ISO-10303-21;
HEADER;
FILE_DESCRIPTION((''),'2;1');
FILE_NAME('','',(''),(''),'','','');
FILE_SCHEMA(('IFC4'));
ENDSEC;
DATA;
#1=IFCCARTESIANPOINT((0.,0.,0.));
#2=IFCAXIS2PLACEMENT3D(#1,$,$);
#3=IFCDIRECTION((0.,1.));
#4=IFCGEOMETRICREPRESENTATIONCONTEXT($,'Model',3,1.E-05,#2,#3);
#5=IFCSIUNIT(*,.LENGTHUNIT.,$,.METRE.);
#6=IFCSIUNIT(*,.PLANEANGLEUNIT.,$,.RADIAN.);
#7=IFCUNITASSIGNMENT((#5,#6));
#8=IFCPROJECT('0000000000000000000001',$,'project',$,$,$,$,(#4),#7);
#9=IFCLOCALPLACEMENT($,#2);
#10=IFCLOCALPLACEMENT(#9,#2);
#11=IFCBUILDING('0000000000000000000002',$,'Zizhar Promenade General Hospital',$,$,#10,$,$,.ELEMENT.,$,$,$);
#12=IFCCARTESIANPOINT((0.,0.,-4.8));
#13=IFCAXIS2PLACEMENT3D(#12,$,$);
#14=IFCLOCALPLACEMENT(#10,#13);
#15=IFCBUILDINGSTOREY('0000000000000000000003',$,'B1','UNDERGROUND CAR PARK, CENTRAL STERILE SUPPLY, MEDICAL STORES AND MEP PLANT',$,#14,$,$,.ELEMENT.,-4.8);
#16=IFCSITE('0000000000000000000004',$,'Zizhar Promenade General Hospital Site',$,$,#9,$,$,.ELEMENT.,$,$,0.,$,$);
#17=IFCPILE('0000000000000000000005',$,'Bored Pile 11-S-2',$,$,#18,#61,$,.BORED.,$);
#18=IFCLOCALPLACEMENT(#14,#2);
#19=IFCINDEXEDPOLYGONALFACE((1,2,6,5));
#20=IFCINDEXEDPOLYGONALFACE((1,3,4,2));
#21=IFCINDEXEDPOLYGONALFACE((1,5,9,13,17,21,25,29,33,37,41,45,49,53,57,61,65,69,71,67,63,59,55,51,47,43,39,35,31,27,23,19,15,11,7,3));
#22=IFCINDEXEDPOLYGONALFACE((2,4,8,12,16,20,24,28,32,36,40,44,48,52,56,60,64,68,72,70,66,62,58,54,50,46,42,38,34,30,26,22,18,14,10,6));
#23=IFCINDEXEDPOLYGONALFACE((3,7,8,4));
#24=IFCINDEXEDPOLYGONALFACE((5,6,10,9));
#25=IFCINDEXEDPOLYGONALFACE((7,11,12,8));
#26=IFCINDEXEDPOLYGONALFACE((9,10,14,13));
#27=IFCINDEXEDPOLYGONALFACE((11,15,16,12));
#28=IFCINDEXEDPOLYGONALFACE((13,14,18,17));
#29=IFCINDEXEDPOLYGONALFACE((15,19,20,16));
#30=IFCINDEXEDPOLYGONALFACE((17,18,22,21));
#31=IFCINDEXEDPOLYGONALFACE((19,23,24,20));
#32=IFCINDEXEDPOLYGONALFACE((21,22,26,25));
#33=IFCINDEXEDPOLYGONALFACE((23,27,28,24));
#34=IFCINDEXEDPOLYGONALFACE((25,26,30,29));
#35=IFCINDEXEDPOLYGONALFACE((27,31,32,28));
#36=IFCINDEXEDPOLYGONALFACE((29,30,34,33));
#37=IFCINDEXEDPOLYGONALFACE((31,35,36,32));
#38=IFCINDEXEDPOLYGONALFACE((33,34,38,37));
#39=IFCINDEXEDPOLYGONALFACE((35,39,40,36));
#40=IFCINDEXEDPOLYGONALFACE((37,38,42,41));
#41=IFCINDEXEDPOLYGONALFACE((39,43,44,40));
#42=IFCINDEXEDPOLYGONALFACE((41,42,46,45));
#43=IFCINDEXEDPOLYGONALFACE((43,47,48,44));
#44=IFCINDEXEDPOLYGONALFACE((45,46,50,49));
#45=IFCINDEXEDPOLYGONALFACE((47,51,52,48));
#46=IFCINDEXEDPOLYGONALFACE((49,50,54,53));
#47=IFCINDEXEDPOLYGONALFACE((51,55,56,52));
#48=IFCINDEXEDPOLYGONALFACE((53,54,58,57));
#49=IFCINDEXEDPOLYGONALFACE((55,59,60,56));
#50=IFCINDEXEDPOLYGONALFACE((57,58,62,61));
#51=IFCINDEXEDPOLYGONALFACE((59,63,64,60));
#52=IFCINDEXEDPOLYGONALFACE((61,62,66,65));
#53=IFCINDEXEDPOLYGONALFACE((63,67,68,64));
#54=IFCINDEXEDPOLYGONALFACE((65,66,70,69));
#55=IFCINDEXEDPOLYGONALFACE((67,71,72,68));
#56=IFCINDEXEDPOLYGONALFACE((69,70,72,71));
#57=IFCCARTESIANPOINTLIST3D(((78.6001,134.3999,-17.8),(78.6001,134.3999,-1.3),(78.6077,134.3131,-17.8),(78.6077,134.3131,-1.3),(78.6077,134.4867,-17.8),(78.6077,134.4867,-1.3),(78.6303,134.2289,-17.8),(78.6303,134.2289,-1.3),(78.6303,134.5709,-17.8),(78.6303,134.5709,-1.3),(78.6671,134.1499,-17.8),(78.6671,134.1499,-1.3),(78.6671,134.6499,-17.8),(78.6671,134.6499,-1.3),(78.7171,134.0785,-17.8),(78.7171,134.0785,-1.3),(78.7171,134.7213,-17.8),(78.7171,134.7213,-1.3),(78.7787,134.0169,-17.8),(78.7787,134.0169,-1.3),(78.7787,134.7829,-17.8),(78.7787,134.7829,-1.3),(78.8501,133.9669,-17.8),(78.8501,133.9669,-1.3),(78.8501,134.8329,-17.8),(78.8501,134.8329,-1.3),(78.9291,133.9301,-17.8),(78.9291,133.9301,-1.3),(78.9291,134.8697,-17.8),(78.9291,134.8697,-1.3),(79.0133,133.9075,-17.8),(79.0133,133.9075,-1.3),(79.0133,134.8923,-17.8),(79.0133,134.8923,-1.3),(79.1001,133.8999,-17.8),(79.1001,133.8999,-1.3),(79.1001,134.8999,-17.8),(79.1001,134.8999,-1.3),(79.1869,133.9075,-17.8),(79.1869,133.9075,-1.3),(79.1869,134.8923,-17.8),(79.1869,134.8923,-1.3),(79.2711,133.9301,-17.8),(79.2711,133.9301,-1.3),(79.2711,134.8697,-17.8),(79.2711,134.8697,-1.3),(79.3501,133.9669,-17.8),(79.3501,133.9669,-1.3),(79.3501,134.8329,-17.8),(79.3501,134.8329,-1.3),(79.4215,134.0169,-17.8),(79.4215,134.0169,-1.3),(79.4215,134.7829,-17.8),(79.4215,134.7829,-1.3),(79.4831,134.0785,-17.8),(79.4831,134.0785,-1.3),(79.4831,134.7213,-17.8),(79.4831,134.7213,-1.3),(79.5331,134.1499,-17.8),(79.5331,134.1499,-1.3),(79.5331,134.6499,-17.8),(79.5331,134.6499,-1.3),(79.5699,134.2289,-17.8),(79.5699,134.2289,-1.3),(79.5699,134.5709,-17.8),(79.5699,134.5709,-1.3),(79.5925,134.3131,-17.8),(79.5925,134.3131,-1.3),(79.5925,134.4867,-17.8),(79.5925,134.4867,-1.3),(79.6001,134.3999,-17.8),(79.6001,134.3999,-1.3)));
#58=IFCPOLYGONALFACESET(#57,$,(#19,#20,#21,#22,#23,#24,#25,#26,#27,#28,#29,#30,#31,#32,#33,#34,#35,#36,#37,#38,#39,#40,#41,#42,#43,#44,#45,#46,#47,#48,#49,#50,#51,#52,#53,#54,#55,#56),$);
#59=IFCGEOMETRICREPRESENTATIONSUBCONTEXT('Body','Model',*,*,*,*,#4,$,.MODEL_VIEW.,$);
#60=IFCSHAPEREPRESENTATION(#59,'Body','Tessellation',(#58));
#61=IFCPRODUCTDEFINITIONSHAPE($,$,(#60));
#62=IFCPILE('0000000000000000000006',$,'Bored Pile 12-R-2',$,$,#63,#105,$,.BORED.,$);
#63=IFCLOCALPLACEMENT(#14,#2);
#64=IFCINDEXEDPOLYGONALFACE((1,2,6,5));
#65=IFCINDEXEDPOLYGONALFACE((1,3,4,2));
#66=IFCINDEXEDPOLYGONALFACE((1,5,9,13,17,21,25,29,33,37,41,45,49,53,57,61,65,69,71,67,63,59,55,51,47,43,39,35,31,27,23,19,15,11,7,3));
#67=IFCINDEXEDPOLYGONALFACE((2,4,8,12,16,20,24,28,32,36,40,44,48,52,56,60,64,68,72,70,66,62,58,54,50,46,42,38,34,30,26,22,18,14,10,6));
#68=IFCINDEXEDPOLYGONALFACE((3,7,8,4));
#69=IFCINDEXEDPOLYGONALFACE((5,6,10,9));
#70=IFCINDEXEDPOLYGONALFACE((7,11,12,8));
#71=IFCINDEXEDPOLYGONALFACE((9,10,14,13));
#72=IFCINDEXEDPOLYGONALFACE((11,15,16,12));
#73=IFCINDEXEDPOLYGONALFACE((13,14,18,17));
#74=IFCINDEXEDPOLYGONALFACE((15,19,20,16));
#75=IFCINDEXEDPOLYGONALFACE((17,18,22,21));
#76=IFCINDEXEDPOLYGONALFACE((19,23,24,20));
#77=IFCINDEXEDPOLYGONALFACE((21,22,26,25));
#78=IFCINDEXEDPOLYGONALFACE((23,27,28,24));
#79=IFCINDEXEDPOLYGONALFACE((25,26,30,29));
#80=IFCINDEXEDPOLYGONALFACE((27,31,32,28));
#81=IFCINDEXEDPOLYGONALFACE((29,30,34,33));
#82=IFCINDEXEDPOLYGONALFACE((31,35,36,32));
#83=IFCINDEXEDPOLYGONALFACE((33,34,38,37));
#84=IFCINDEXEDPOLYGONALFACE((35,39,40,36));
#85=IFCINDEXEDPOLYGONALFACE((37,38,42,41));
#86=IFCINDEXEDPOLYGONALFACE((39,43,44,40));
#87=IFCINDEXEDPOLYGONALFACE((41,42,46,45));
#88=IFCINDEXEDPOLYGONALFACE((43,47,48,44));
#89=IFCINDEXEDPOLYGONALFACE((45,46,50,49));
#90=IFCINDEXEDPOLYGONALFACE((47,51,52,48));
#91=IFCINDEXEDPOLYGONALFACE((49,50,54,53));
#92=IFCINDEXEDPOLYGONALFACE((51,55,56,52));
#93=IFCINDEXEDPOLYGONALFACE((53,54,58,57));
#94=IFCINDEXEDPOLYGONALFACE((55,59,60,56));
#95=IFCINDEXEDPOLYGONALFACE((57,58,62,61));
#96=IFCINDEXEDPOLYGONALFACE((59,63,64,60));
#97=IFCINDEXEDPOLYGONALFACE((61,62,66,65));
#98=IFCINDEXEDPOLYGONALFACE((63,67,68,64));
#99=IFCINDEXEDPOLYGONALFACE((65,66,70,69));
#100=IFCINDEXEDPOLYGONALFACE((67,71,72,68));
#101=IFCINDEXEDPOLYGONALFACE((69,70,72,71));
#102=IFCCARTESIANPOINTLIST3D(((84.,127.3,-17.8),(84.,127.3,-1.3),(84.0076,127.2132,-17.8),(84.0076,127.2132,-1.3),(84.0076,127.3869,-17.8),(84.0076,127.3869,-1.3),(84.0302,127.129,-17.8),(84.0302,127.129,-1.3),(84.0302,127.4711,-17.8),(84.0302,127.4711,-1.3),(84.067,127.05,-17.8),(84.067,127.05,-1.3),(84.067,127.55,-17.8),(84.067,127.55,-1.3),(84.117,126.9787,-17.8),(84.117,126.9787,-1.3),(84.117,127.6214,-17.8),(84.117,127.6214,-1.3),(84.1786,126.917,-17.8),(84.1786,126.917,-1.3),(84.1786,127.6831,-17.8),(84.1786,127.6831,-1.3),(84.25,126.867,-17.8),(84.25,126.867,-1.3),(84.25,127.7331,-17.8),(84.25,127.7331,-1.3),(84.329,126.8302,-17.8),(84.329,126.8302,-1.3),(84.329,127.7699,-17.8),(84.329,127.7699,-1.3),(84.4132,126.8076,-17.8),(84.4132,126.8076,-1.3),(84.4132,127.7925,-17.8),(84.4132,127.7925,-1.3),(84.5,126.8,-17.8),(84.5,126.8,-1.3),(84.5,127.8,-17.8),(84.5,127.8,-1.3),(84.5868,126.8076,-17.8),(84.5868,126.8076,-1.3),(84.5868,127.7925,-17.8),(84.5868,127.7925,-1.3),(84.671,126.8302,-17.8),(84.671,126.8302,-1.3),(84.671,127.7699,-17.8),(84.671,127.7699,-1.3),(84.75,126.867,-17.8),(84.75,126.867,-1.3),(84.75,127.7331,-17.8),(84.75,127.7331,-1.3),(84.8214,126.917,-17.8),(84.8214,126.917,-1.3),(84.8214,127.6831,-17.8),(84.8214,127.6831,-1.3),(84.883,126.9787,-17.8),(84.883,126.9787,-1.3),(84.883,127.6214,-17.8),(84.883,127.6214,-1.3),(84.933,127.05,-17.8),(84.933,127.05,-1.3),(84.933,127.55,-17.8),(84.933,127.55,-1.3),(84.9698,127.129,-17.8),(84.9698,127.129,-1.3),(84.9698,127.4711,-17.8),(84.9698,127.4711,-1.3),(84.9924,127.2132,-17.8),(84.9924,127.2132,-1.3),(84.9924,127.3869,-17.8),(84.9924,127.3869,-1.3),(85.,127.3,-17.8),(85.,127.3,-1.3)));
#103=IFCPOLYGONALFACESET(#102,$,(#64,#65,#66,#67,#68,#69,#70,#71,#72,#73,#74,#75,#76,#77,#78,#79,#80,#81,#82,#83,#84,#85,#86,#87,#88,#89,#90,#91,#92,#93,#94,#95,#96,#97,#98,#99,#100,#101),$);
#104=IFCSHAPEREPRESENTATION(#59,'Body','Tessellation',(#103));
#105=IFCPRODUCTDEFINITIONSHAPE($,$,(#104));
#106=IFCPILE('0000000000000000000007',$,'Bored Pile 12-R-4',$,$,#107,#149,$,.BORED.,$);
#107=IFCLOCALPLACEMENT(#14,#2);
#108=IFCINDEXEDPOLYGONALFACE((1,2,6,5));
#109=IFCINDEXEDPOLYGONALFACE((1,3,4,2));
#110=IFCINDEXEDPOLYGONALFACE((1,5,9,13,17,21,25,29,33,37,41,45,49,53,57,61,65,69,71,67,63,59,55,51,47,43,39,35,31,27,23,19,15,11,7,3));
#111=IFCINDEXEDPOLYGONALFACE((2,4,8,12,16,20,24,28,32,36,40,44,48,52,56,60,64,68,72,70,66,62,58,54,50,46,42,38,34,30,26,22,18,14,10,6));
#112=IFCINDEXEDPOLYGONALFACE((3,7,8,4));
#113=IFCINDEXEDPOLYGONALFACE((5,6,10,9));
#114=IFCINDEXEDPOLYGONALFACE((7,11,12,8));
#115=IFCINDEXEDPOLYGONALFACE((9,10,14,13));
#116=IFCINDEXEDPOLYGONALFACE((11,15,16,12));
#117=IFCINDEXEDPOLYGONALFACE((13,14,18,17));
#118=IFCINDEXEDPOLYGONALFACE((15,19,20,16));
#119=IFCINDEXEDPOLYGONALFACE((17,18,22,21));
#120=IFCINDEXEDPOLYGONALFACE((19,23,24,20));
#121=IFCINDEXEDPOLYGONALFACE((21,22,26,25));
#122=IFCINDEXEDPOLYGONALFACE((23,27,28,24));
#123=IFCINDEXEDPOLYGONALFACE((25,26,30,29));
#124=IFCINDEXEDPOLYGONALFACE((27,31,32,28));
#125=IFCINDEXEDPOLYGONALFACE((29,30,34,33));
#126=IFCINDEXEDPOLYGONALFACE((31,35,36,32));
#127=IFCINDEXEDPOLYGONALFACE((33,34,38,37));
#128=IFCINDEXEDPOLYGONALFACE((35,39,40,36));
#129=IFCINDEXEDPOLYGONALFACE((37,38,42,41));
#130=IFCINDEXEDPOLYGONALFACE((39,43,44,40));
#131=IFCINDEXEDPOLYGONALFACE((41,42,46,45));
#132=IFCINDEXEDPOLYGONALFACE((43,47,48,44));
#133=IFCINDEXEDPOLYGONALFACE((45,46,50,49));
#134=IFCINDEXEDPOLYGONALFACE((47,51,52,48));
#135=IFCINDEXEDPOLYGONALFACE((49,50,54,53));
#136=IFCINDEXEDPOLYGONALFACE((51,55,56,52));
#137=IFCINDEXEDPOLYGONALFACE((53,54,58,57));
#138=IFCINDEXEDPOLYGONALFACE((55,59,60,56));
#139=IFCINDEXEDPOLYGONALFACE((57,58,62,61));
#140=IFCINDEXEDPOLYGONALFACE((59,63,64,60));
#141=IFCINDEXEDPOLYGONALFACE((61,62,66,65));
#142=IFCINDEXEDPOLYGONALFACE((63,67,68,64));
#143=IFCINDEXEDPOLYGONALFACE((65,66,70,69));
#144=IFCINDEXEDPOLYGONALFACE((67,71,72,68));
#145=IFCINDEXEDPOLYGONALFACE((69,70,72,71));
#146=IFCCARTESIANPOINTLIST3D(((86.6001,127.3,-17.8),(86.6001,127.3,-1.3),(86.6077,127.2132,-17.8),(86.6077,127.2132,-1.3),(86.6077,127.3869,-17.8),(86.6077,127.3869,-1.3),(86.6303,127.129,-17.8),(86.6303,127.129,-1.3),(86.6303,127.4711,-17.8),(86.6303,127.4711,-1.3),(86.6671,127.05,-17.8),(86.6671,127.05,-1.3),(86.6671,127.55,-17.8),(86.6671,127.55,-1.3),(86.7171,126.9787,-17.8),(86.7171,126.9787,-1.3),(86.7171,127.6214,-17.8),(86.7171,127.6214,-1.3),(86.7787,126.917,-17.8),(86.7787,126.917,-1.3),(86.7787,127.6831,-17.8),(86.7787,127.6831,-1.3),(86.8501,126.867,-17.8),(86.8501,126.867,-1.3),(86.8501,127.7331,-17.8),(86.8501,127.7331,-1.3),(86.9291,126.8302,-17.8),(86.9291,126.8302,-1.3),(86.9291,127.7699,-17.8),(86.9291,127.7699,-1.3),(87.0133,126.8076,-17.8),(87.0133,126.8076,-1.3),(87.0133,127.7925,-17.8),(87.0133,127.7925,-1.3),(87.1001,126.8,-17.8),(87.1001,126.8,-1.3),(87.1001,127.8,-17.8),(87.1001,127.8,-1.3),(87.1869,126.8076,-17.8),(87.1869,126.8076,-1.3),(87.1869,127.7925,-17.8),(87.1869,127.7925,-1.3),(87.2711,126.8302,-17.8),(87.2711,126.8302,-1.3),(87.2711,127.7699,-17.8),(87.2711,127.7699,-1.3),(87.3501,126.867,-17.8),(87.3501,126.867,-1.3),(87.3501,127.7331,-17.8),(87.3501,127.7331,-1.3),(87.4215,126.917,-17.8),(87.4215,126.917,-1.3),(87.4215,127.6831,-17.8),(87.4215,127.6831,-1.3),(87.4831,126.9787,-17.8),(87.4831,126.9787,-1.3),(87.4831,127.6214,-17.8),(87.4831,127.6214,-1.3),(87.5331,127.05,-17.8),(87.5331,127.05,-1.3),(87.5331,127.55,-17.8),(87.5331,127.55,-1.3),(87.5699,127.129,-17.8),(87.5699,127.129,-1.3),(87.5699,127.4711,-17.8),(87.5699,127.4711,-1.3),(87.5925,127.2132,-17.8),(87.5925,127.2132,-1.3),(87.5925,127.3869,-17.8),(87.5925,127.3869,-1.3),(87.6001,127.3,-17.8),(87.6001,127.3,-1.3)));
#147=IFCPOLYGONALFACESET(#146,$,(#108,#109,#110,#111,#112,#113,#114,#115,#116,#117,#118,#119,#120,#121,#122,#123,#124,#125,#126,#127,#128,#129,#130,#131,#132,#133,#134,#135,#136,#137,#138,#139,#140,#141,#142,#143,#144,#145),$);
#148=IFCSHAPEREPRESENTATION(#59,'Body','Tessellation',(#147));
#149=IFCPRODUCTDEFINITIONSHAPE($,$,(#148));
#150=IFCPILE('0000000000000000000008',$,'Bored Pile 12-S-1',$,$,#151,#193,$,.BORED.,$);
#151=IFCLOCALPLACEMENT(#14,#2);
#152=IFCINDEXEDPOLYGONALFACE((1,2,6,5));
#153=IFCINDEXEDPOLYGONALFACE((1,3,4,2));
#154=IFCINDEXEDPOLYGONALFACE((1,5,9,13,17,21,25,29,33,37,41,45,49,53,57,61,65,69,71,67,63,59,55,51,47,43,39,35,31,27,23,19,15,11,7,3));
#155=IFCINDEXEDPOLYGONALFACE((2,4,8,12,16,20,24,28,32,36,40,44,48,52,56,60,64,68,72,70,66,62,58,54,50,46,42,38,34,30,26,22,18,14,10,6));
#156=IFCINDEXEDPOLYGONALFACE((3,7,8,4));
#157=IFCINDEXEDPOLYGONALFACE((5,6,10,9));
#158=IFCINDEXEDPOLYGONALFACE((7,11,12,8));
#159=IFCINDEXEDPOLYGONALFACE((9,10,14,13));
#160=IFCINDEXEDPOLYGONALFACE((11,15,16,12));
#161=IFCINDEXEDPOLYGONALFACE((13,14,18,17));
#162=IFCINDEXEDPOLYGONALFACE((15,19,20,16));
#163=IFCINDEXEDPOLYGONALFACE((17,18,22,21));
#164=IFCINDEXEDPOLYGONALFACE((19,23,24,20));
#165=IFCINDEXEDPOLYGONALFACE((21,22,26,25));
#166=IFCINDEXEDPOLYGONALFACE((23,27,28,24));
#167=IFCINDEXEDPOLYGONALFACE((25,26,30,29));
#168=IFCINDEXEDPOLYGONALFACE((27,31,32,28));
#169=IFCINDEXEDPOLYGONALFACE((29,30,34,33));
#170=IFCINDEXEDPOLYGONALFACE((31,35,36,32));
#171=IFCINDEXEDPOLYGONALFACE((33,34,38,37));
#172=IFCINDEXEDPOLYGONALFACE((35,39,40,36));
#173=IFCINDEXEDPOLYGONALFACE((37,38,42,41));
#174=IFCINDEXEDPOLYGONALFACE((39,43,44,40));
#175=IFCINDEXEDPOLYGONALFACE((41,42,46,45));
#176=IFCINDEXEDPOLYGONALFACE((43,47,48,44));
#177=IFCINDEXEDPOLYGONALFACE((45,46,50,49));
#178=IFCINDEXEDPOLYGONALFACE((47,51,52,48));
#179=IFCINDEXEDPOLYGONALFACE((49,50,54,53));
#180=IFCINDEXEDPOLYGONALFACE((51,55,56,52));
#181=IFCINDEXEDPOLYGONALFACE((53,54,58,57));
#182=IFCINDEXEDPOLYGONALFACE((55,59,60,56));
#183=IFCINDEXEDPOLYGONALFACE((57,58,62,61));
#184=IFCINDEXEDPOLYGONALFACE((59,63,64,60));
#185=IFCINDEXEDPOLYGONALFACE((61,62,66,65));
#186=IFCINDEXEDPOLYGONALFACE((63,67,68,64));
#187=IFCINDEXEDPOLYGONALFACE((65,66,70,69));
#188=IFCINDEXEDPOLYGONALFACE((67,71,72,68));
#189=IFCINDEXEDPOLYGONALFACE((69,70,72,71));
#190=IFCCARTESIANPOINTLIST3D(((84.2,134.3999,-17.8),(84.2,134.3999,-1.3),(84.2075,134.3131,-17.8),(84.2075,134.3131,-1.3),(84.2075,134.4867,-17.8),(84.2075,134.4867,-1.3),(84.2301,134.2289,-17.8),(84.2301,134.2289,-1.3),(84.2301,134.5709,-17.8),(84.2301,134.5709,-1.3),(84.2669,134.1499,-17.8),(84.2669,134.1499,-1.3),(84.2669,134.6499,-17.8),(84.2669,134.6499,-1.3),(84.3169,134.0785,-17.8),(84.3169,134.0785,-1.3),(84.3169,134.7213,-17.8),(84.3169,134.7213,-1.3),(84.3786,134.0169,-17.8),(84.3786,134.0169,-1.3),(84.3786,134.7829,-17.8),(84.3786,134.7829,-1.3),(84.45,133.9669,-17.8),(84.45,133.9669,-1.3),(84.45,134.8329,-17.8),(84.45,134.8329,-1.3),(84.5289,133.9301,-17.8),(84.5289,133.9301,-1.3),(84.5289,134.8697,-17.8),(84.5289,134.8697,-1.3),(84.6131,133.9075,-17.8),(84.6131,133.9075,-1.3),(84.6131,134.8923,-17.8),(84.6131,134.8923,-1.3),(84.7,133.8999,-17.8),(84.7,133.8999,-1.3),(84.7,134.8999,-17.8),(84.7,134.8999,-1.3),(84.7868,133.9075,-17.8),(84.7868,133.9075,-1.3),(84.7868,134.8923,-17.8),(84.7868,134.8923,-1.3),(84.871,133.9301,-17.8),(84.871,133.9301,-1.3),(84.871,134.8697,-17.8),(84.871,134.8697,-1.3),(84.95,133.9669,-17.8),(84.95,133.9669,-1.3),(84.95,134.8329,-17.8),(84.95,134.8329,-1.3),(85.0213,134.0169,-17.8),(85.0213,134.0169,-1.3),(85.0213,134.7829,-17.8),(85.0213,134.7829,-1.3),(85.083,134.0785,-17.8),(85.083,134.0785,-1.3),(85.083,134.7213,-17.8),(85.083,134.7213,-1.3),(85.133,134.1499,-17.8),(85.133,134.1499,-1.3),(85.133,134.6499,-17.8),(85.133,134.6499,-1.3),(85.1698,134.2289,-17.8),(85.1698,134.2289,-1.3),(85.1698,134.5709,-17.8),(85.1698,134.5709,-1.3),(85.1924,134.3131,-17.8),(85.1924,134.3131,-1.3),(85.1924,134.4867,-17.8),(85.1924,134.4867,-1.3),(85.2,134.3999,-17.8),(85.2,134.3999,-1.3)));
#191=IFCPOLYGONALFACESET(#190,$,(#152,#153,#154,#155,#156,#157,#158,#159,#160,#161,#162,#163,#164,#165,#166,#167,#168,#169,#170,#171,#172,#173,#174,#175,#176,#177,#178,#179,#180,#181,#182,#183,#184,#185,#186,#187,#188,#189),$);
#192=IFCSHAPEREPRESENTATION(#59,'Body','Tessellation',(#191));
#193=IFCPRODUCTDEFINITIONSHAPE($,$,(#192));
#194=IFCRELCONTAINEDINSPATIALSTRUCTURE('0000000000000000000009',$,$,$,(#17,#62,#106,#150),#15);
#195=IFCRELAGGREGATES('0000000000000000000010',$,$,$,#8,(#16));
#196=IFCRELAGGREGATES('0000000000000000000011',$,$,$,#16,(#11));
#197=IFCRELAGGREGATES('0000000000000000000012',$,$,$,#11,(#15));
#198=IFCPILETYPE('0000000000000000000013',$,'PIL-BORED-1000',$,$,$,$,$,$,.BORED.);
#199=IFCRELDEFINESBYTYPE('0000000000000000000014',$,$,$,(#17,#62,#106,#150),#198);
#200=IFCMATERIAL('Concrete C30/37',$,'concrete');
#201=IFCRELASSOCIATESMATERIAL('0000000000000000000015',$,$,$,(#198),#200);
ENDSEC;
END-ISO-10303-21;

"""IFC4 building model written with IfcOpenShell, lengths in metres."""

from ifc_helpers import new_model, si_unit, direction, frame, origin, origin_2d, place, context, subcontext, project, spatial, circle, extrude, material, material_profile, profile_set, type_object, element, save


model = new_model("IFC4")

# Units and contexts
model_context = context("Model", 3, precision=1e-05, world=origin(), true_north=direction((0.0, 1.0)))
body_context = subcontext(model_context, "Body", "Model", "MODEL_VIEW")
ifc_project = project(units=[si_unit("LENGTHUNIT", "METRE"), si_unit("PLANEANGLEUNIT", "RADIAN")], contexts=[model_context])

# Site, building, storey
site_placement = place(None, origin())
site = spatial("IfcSite", under=ifc_project, at=site_placement, Name="Zizhar Promenade General Hospital Site", CompositionType="ELEMENT", RefElevation=0.0)
building_placement = place(site_placement, origin())
building = spatial("IfcBuilding", under=site, at=building_placement, Name="Zizhar Promenade General Hospital", CompositionType="ELEMENT")
storey_placement = place(building_placement, frame((0.0, 0.0, -4.8)))
storey = spatial("IfcBuildingStorey", under=building, at=storey_placement, Name="B1", Description="UNDERGROUND CAR PARK, CENTRAL STERILE SUPPLY, MEDICAL STORES AND MEP PLANT", CompositionType="ELEMENT", Elevation=-4.8)

# Piles
ifc_material_1 = material(Name="Concrete C30/37", Category="concrete")
ifc_material_profile_1 = material_profile(ifc_material_1, circle(Radius=0.5, at=origin_2d()))
ifc_profile_set_1 = profile_set([ifc_material_profile_1], Name="Concrete C30/37")
pile_type = type_object("IfcPileType", Name="PIL-BORED-1000", PredefinedType="BORED", material=ifc_profile_set_1)
for number, where, z_axis, x_axis, name in (
    (1, (79.1001, 134.3999, -1.3), (0.0, 0.0, -1.0), (1.0, 0.0, 0.0), "Bored Pile 11-S-2"),
    (2, (84.5, 127.3, -1.3), (0.0, 0.0, -1.0), (1.0, 0.0, 0.0), "Bored Pile 12-R-2"),
    (3, (87.1001, 127.3, -1.3), (0.0, 0.0, -1.0), (1.0, 0.0, 0.0), "Bored Pile 12-R-4"),
    (4, (84.7, 134.3999, -1.3), (0.0, 0.0, -1.0), (1.0, 0.0, 0.0), "Bored Pile 12-S-1"),
):
    element("IfcPile", number, at=place(storey_placement, frame(where, z_axis=z_axis, x_axis=x_axis)), inside=storey, type_object=pile_type, Name=name, PredefinedType="BORED", context=body_context, shape_type="SweptSolid", body=[
        extrude(circle(Radius=0.5, at=origin_2d()), origin(), (0.0, 0.0, 1.0), 16.5),
    ])

save(model, "model.ifc")
